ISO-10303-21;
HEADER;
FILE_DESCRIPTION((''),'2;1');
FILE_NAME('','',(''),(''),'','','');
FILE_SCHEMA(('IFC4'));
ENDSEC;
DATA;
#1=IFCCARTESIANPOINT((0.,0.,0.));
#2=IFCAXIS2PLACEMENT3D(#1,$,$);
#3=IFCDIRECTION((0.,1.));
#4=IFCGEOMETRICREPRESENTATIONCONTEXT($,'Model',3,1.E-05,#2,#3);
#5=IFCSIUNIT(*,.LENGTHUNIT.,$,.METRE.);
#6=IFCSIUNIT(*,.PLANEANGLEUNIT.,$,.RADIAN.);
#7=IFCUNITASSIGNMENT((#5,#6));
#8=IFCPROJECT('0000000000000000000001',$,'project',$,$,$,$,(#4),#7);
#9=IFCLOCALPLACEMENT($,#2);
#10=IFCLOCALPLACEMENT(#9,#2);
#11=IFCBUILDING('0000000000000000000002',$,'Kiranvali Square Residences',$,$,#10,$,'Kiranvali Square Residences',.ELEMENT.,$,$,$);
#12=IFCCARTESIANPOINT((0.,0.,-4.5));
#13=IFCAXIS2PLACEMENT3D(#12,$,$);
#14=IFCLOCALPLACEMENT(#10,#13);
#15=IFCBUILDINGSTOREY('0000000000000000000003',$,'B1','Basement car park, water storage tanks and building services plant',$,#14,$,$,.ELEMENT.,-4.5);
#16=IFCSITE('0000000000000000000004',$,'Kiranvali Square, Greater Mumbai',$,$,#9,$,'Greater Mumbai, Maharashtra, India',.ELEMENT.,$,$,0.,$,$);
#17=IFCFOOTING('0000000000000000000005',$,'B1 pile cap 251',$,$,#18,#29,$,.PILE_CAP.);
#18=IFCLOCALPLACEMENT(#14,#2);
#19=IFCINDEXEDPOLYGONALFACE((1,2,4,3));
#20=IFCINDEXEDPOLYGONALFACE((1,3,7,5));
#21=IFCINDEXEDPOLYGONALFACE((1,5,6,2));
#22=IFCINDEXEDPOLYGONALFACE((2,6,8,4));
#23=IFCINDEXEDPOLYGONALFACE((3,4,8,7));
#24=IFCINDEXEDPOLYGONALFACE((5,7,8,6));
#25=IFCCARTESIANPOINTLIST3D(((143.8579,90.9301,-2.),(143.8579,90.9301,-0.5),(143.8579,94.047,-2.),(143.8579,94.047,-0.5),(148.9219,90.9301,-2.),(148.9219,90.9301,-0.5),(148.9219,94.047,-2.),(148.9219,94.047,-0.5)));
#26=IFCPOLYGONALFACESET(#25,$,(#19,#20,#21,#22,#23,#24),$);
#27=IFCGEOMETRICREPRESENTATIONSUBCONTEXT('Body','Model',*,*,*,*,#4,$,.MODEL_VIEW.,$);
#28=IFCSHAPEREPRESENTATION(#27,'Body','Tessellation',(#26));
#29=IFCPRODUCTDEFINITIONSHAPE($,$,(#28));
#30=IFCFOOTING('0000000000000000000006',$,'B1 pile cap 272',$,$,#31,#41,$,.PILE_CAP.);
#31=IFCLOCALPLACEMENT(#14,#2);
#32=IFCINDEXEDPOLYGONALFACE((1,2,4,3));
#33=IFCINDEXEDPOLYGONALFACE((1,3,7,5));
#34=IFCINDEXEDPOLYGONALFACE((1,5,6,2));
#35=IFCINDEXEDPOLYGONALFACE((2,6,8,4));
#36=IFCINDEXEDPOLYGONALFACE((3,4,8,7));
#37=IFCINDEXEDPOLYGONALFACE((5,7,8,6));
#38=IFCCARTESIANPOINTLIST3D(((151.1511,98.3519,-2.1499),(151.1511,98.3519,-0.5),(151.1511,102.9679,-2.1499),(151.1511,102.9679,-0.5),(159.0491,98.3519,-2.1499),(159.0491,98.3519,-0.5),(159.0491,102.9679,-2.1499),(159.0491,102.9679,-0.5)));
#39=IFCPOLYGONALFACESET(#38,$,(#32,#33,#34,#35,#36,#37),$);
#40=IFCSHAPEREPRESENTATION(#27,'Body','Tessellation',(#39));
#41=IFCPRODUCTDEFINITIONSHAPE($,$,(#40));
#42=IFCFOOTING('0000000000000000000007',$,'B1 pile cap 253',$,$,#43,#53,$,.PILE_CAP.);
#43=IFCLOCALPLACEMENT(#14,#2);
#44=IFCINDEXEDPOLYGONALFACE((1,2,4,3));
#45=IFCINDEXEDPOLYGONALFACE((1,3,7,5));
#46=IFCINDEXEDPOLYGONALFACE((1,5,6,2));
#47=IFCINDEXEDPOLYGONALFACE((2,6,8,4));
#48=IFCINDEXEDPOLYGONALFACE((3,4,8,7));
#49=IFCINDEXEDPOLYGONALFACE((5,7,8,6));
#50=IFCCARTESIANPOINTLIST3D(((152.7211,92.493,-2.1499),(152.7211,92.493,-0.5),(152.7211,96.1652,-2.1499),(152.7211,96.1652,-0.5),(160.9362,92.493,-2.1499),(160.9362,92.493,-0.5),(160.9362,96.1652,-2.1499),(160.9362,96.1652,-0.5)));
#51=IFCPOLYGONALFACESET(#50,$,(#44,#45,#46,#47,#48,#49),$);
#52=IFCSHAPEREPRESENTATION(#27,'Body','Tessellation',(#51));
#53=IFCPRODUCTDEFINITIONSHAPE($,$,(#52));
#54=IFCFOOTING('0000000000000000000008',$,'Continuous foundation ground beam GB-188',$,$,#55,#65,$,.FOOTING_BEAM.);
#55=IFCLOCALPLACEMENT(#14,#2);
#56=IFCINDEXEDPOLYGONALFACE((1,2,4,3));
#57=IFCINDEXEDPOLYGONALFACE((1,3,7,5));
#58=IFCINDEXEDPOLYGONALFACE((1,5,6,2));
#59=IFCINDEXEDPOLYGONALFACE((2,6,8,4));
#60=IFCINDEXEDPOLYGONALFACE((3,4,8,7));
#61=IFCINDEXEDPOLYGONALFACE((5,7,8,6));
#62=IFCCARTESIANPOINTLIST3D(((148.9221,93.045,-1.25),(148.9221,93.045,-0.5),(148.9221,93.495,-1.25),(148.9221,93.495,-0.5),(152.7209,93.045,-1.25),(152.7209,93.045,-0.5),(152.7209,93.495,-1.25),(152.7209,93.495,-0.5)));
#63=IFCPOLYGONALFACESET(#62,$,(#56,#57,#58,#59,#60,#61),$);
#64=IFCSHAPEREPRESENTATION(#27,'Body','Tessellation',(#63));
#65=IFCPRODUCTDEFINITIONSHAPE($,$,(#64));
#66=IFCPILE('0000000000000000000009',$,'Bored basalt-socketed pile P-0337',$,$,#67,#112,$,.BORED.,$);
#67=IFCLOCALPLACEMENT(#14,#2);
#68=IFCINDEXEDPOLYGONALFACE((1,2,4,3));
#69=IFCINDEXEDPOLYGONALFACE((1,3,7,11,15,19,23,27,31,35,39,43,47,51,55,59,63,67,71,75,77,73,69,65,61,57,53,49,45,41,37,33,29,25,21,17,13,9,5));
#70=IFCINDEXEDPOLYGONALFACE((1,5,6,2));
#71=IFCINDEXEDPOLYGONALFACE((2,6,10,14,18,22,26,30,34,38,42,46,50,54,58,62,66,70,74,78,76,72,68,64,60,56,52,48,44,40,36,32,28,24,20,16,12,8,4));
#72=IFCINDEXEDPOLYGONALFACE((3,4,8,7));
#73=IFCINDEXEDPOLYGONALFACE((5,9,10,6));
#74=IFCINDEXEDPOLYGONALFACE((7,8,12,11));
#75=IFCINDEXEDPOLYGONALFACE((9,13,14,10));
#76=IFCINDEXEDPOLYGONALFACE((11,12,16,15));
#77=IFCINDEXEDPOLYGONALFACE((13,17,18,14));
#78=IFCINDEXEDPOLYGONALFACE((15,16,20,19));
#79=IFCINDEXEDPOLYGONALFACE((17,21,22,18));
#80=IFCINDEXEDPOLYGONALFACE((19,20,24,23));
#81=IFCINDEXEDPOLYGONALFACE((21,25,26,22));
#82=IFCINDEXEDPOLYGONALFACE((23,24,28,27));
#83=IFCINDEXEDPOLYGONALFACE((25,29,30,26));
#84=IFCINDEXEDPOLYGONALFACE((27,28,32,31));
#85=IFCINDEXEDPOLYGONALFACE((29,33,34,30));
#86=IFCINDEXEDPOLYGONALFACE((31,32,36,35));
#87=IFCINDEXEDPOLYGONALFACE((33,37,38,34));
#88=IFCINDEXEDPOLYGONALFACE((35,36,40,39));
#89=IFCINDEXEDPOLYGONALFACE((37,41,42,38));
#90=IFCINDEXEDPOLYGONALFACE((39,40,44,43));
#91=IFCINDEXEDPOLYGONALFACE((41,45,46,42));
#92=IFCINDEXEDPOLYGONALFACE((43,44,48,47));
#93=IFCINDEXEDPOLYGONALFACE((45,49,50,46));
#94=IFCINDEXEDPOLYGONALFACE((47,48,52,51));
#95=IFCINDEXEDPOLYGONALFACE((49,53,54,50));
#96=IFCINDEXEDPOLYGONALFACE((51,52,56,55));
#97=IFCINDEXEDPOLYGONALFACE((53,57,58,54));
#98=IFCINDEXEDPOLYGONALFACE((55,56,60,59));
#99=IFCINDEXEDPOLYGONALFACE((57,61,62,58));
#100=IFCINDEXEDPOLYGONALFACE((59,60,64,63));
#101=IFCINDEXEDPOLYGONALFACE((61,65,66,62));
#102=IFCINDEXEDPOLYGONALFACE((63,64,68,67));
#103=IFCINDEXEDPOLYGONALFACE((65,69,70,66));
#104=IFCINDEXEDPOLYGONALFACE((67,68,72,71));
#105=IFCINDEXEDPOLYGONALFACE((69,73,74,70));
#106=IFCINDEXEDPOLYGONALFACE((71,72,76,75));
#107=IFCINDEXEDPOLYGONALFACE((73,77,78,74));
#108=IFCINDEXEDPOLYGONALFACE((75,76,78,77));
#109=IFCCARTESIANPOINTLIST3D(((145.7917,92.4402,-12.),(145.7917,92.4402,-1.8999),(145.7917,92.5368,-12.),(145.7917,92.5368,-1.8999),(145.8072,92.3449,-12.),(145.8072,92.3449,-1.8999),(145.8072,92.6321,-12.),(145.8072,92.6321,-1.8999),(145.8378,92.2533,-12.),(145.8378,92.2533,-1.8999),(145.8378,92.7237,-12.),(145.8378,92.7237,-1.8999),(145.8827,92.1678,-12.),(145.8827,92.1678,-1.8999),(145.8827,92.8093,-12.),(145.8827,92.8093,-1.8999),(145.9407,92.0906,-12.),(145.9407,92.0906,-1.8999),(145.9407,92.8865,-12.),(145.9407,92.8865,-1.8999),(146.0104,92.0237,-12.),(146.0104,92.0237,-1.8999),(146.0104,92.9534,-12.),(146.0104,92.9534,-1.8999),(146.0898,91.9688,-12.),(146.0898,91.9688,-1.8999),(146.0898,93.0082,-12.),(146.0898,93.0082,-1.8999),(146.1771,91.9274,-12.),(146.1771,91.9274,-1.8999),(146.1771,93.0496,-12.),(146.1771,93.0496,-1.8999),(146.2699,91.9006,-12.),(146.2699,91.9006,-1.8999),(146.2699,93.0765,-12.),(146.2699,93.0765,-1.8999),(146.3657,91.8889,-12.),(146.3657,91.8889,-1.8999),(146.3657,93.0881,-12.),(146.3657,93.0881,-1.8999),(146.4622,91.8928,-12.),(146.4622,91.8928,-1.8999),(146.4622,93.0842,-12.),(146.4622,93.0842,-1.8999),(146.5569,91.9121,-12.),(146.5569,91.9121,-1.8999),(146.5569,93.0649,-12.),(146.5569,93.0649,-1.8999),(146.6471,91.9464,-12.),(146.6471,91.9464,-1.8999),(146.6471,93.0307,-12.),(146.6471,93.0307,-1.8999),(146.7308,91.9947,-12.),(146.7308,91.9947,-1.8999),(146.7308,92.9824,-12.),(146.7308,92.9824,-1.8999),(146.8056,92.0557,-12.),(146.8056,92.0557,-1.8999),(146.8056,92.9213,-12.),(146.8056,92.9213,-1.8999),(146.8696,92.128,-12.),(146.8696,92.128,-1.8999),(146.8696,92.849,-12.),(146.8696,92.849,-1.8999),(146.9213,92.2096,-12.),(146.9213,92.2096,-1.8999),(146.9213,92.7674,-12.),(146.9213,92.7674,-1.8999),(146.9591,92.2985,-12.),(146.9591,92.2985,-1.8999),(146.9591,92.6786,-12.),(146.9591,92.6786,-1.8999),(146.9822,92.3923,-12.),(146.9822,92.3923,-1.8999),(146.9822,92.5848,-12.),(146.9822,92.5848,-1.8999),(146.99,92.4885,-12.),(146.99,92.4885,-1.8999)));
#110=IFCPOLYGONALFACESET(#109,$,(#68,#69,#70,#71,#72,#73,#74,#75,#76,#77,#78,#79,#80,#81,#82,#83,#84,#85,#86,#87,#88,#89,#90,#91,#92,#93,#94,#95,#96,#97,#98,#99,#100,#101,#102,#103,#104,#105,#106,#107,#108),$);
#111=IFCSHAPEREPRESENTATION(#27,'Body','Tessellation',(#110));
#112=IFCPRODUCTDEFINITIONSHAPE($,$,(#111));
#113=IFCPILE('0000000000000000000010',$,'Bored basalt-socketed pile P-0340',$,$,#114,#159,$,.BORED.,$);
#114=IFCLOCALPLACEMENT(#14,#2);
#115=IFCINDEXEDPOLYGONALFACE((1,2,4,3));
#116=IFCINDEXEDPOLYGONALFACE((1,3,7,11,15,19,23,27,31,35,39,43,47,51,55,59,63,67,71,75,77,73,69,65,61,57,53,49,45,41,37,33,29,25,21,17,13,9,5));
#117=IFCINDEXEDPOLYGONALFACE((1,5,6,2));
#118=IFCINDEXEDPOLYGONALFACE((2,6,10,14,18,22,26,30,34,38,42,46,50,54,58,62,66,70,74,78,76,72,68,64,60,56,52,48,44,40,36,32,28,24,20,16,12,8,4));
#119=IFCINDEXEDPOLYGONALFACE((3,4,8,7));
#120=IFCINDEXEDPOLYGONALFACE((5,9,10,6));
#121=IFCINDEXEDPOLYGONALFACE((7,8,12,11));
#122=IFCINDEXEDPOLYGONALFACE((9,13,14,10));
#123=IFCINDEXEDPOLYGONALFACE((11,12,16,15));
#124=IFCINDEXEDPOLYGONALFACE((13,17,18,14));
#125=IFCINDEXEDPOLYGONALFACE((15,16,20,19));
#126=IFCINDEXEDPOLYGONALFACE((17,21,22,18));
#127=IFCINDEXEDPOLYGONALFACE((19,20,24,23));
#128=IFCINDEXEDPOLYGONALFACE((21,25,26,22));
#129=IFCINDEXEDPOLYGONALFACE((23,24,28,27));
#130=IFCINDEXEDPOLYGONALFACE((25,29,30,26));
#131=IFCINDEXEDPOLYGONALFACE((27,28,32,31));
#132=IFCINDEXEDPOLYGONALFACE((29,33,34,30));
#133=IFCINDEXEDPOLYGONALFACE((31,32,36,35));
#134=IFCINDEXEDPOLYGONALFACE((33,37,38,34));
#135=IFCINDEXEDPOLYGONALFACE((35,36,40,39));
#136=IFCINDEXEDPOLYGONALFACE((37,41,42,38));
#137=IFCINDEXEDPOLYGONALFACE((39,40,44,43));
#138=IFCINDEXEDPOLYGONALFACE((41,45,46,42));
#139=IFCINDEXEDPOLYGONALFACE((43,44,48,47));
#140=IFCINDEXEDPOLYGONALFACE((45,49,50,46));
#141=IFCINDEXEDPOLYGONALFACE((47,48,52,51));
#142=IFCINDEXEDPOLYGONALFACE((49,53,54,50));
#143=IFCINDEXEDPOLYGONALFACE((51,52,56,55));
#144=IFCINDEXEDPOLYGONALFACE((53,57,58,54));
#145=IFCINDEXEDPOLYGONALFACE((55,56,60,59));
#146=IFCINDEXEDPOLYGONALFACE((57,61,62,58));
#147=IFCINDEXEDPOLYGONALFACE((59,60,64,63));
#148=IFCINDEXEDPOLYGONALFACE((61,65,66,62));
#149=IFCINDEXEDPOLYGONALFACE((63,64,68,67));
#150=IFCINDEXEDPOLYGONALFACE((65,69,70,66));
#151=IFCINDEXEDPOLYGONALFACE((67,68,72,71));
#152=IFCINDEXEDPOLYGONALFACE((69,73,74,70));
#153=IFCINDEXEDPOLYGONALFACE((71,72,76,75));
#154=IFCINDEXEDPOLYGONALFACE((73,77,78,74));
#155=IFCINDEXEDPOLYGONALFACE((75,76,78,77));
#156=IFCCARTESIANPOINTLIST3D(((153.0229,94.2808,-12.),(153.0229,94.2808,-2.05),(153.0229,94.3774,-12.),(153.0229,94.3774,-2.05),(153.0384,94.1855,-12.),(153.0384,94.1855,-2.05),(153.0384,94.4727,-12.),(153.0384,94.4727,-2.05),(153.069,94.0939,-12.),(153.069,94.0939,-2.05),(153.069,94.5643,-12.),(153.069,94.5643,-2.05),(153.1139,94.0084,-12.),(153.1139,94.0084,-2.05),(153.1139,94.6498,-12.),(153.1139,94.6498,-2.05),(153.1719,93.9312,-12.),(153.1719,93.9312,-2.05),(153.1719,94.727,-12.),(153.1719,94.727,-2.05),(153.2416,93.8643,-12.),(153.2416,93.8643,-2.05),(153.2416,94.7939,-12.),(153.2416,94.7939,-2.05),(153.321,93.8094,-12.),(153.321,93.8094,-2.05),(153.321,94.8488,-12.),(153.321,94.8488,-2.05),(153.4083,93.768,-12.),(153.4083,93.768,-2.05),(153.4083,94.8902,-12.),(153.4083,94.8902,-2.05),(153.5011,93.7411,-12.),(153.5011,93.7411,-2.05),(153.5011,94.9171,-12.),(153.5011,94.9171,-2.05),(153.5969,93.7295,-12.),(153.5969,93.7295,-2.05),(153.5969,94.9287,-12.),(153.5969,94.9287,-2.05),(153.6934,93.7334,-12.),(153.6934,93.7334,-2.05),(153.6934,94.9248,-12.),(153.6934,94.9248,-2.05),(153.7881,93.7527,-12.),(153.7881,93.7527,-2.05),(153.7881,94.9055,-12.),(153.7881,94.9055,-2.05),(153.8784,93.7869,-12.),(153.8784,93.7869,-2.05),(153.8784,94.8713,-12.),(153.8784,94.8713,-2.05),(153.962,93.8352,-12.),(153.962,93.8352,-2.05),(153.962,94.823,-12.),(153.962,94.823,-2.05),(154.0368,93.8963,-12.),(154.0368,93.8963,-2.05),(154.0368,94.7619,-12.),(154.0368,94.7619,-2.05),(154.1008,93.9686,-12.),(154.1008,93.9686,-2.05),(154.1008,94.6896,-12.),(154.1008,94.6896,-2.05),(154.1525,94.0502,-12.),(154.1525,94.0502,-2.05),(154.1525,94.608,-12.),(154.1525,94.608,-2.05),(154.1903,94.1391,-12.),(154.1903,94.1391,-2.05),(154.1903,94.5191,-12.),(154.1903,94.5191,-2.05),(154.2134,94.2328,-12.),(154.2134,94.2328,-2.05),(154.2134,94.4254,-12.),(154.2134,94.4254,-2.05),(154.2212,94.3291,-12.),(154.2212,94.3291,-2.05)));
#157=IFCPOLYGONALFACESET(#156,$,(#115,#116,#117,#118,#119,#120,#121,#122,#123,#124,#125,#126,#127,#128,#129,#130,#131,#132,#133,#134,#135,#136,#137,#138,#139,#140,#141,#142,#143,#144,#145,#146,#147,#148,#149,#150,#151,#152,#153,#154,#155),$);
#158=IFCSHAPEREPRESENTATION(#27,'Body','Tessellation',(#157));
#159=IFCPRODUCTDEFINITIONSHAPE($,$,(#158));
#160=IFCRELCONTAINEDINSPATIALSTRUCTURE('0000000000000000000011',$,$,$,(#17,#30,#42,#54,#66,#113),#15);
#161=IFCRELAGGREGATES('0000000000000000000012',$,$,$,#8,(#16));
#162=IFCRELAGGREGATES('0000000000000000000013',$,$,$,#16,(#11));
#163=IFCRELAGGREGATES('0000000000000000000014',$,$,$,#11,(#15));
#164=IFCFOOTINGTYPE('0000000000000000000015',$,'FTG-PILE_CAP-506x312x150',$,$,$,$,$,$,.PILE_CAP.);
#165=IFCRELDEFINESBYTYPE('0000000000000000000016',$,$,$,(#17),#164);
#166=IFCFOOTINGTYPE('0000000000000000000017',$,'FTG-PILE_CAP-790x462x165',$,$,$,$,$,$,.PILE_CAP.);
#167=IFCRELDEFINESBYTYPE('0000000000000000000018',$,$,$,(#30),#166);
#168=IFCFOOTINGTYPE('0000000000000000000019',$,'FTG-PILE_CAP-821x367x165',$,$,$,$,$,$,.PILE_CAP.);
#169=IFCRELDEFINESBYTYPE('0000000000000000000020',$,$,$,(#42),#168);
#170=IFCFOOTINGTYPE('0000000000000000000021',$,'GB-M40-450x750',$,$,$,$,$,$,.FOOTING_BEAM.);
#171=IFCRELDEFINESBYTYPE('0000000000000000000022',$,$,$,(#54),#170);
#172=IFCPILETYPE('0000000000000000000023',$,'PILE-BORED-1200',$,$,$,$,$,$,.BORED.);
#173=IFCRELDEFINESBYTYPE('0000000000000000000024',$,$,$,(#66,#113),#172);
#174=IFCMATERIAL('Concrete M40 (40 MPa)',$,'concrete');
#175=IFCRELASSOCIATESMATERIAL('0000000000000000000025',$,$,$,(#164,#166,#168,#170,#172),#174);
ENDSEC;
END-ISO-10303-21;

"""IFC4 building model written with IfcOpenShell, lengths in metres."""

from ifc_helpers import new_model, si_unit, direction, frame, origin, origin_2d, place, context, subcontext, project, spatial, rectangle, circle, extrude, material, material_profile, profile_set, type_object, element, save


model = new_model("IFC4")

# Units and contexts
model_context = context("Model", 3, precision=1e-05, world=origin(), true_north=direction((0.0, 1.0)))
body_context = subcontext(model_context, "Body", "Model", "MODEL_VIEW")
ifc_project = project(units=[si_unit("LENGTHUNIT", "METRE"), si_unit("PLANEANGLEUNIT", "RADIAN")], contexts=[model_context])

# Site, building, storey
site_placement = place(None, origin())
site = spatial("IfcSite", under=ifc_project, at=site_placement, Name="Kiranvali Square, Greater Mumbai", LongName="Greater Mumbai, Maharashtra, India", CompositionType="ELEMENT", RefElevation=0.0)
building_placement = place(site_placement, origin())
building = spatial("IfcBuilding", under=site, at=building_placement, Name="Kiranvali Square Residences", LongName="Kiranvali Square Residences", CompositionType="ELEMENT")
storey_placement = place(building_placement, frame((0.0, 0.0, -4.5)))
storey = spatial("IfcBuildingStorey", under=building, at=storey_placement, Name="B1", Description="Basement car park, water storage tanks and building services plant", CompositionType="ELEMENT", Elevation=-4.5)

# Footings
ifc_material_1 = material(Name="Concrete M40 (40 MPa)", Category="concrete")
footing_type_1 = type_object("IfcFootingType", Name="FTG-PILE_CAP-506x312x150", PredefinedType="PILE_CAP", material=ifc_material_1)
footing_1_placement = place(storey_placement, frame((146.3899, 92.4885, -2.0), z_axis=(0.0, 0.0, 1.0), x_axis=(1.0, 0.0, 0.0)))
element("IfcFooting", 1, at=footing_1_placement, inside=storey, type_object=footing_type_1, Name="B1 pile cap 251", PredefinedType="PILE_CAP", context=body_context, shape_type="SweptSolid", body=[
    extrude(rectangle(XDim=5.064, YDim=3.1169, at=origin_2d()), origin(), (0.0, 0.0, 1.0), 1.5),
])
footing_type_2 = type_object("IfcFootingType", Name="FTG-PILE_CAP-790x462x165", PredefinedType="PILE_CAP", material=ifc_material_1)
footing_2_placement = place(storey_placement, frame((155.1001, 100.6599, -2.1499), z_axis=(0.0, 0.0, 1.0), x_axis=(1.0, 0.0, 0.0)))
element("IfcFooting", 2, at=footing_2_placement, inside=storey, type_object=footing_type_2, Name="B1 pile cap 272", PredefinedType="PILE_CAP", context=body_context, shape_type="SweptSolid", body=[
    extrude(rectangle(XDim=7.8979, YDim=4.616, at=origin_2d()), origin(), (0.0, 0.0, 1.0), 1.6499),
])
footing_type_3 = type_object("IfcFootingType", Name="FTG-PILE_CAP-821x367x165", PredefinedType="PILE_CAP", material=ifc_material_1)
footing_3_placement = place(storey_placement, frame((156.8286, 94.3291, -2.1499), z_axis=(0.0, 0.0, 1.0), x_axis=(1.0, 0.0, 0.0)))
element("IfcFooting", 3, at=footing_3_placement, inside=storey, type_object=footing_type_3, Name="B1 pile cap 253", PredefinedType="PILE_CAP", context=body_context, shape_type="SweptSolid", body=[
    extrude(rectangle(XDim=8.2151, YDim=3.6721, at=origin_2d()), origin(), (0.0, 0.0, 1.0), 1.6499),
])
ifc_material_profile_1 = material_profile(ifc_material_1, rectangle(XDim=0.45, YDim=0.75, at=origin_2d()), Name="GB 450x750")
ifc_profile_set_1 = profile_set([ifc_material_profile_1], Name="Concrete M40 (40 MPa)")
footing_type_4 = type_object("IfcFootingType", Name="GB-M40-450x750", PredefinedType="FOOTING_BEAM", material=ifc_profile_set_1)
footing_4_placement = place(storey_placement, frame((148.9221, 93.27, -0.875), z_axis=(1.0, 0.0, 0.0), x_axis=(0.0, 1.0, 0.0)))
element("IfcFooting", 4, at=footing_4_placement, inside=storey, type_object=footing_type_4, Name="Continuous foundation ground beam GB-188", PredefinedType="FOOTING_BEAM", context=body_context, shape_type="SweptSolid", body=[
    extrude(rectangle(XDim=0.45, YDim=0.75, at=origin_2d()), origin(), (0.0, 0.0, 1.0), 3.7988),
])

# Piles
ifc_material_profile_2 = material_profile(ifc_material_1, circle(Radius=0.6001, at=origin_2d()), Name="BORED PILE 1200")
ifc_profile_set_2 = profile_set([ifc_material_profile_2], Name="Concrete M40 (40 MPa)")
pile_type = type_object("IfcPileType", Name="PILE-BORED-1200", PredefinedType="BORED", material=ifc_profile_set_2)
pile_placement = place(storey_placement, frame((146.3899, 92.4885, -1.8999), z_axis=(0.0, 0.0, -1.0), x_axis=(1.0, 0.0, 0.0)))
element("IfcPile", 5, at=pile_placement, inside=storey, type_object=pile_type, Name="Bored basalt-socketed pile P-0337", PredefinedType="BORED", context=body_context, shape_type="SweptSolid", body=[
    extrude(circle(Radius=0.6001, at=origin_2d()), origin(), (0.0, 0.0, 1.0), 10.1001),
])
for number, where, z_axis, x_axis, name in (
    (6, (153.6211, 94.3291, -2.05), (0.0, 0.0, -1.0), (1.0, 0.0, 0.0), "Bored basalt-socketed pile P-0340"),
):
    element("IfcPile", number, at=place(storey_placement, frame(where, z_axis=z_axis, x_axis=x_axis)), inside=storey, type_object=pile_type, Name=name, PredefinedType="BORED", context=body_context, shape_type="SweptSolid", body=[
        extrude(circle(Radius=0.6001, at=origin_2d()), origin(), (0.0, 0.0, 1.0), 9.95),
    ])

save(model, "model.ifc")
